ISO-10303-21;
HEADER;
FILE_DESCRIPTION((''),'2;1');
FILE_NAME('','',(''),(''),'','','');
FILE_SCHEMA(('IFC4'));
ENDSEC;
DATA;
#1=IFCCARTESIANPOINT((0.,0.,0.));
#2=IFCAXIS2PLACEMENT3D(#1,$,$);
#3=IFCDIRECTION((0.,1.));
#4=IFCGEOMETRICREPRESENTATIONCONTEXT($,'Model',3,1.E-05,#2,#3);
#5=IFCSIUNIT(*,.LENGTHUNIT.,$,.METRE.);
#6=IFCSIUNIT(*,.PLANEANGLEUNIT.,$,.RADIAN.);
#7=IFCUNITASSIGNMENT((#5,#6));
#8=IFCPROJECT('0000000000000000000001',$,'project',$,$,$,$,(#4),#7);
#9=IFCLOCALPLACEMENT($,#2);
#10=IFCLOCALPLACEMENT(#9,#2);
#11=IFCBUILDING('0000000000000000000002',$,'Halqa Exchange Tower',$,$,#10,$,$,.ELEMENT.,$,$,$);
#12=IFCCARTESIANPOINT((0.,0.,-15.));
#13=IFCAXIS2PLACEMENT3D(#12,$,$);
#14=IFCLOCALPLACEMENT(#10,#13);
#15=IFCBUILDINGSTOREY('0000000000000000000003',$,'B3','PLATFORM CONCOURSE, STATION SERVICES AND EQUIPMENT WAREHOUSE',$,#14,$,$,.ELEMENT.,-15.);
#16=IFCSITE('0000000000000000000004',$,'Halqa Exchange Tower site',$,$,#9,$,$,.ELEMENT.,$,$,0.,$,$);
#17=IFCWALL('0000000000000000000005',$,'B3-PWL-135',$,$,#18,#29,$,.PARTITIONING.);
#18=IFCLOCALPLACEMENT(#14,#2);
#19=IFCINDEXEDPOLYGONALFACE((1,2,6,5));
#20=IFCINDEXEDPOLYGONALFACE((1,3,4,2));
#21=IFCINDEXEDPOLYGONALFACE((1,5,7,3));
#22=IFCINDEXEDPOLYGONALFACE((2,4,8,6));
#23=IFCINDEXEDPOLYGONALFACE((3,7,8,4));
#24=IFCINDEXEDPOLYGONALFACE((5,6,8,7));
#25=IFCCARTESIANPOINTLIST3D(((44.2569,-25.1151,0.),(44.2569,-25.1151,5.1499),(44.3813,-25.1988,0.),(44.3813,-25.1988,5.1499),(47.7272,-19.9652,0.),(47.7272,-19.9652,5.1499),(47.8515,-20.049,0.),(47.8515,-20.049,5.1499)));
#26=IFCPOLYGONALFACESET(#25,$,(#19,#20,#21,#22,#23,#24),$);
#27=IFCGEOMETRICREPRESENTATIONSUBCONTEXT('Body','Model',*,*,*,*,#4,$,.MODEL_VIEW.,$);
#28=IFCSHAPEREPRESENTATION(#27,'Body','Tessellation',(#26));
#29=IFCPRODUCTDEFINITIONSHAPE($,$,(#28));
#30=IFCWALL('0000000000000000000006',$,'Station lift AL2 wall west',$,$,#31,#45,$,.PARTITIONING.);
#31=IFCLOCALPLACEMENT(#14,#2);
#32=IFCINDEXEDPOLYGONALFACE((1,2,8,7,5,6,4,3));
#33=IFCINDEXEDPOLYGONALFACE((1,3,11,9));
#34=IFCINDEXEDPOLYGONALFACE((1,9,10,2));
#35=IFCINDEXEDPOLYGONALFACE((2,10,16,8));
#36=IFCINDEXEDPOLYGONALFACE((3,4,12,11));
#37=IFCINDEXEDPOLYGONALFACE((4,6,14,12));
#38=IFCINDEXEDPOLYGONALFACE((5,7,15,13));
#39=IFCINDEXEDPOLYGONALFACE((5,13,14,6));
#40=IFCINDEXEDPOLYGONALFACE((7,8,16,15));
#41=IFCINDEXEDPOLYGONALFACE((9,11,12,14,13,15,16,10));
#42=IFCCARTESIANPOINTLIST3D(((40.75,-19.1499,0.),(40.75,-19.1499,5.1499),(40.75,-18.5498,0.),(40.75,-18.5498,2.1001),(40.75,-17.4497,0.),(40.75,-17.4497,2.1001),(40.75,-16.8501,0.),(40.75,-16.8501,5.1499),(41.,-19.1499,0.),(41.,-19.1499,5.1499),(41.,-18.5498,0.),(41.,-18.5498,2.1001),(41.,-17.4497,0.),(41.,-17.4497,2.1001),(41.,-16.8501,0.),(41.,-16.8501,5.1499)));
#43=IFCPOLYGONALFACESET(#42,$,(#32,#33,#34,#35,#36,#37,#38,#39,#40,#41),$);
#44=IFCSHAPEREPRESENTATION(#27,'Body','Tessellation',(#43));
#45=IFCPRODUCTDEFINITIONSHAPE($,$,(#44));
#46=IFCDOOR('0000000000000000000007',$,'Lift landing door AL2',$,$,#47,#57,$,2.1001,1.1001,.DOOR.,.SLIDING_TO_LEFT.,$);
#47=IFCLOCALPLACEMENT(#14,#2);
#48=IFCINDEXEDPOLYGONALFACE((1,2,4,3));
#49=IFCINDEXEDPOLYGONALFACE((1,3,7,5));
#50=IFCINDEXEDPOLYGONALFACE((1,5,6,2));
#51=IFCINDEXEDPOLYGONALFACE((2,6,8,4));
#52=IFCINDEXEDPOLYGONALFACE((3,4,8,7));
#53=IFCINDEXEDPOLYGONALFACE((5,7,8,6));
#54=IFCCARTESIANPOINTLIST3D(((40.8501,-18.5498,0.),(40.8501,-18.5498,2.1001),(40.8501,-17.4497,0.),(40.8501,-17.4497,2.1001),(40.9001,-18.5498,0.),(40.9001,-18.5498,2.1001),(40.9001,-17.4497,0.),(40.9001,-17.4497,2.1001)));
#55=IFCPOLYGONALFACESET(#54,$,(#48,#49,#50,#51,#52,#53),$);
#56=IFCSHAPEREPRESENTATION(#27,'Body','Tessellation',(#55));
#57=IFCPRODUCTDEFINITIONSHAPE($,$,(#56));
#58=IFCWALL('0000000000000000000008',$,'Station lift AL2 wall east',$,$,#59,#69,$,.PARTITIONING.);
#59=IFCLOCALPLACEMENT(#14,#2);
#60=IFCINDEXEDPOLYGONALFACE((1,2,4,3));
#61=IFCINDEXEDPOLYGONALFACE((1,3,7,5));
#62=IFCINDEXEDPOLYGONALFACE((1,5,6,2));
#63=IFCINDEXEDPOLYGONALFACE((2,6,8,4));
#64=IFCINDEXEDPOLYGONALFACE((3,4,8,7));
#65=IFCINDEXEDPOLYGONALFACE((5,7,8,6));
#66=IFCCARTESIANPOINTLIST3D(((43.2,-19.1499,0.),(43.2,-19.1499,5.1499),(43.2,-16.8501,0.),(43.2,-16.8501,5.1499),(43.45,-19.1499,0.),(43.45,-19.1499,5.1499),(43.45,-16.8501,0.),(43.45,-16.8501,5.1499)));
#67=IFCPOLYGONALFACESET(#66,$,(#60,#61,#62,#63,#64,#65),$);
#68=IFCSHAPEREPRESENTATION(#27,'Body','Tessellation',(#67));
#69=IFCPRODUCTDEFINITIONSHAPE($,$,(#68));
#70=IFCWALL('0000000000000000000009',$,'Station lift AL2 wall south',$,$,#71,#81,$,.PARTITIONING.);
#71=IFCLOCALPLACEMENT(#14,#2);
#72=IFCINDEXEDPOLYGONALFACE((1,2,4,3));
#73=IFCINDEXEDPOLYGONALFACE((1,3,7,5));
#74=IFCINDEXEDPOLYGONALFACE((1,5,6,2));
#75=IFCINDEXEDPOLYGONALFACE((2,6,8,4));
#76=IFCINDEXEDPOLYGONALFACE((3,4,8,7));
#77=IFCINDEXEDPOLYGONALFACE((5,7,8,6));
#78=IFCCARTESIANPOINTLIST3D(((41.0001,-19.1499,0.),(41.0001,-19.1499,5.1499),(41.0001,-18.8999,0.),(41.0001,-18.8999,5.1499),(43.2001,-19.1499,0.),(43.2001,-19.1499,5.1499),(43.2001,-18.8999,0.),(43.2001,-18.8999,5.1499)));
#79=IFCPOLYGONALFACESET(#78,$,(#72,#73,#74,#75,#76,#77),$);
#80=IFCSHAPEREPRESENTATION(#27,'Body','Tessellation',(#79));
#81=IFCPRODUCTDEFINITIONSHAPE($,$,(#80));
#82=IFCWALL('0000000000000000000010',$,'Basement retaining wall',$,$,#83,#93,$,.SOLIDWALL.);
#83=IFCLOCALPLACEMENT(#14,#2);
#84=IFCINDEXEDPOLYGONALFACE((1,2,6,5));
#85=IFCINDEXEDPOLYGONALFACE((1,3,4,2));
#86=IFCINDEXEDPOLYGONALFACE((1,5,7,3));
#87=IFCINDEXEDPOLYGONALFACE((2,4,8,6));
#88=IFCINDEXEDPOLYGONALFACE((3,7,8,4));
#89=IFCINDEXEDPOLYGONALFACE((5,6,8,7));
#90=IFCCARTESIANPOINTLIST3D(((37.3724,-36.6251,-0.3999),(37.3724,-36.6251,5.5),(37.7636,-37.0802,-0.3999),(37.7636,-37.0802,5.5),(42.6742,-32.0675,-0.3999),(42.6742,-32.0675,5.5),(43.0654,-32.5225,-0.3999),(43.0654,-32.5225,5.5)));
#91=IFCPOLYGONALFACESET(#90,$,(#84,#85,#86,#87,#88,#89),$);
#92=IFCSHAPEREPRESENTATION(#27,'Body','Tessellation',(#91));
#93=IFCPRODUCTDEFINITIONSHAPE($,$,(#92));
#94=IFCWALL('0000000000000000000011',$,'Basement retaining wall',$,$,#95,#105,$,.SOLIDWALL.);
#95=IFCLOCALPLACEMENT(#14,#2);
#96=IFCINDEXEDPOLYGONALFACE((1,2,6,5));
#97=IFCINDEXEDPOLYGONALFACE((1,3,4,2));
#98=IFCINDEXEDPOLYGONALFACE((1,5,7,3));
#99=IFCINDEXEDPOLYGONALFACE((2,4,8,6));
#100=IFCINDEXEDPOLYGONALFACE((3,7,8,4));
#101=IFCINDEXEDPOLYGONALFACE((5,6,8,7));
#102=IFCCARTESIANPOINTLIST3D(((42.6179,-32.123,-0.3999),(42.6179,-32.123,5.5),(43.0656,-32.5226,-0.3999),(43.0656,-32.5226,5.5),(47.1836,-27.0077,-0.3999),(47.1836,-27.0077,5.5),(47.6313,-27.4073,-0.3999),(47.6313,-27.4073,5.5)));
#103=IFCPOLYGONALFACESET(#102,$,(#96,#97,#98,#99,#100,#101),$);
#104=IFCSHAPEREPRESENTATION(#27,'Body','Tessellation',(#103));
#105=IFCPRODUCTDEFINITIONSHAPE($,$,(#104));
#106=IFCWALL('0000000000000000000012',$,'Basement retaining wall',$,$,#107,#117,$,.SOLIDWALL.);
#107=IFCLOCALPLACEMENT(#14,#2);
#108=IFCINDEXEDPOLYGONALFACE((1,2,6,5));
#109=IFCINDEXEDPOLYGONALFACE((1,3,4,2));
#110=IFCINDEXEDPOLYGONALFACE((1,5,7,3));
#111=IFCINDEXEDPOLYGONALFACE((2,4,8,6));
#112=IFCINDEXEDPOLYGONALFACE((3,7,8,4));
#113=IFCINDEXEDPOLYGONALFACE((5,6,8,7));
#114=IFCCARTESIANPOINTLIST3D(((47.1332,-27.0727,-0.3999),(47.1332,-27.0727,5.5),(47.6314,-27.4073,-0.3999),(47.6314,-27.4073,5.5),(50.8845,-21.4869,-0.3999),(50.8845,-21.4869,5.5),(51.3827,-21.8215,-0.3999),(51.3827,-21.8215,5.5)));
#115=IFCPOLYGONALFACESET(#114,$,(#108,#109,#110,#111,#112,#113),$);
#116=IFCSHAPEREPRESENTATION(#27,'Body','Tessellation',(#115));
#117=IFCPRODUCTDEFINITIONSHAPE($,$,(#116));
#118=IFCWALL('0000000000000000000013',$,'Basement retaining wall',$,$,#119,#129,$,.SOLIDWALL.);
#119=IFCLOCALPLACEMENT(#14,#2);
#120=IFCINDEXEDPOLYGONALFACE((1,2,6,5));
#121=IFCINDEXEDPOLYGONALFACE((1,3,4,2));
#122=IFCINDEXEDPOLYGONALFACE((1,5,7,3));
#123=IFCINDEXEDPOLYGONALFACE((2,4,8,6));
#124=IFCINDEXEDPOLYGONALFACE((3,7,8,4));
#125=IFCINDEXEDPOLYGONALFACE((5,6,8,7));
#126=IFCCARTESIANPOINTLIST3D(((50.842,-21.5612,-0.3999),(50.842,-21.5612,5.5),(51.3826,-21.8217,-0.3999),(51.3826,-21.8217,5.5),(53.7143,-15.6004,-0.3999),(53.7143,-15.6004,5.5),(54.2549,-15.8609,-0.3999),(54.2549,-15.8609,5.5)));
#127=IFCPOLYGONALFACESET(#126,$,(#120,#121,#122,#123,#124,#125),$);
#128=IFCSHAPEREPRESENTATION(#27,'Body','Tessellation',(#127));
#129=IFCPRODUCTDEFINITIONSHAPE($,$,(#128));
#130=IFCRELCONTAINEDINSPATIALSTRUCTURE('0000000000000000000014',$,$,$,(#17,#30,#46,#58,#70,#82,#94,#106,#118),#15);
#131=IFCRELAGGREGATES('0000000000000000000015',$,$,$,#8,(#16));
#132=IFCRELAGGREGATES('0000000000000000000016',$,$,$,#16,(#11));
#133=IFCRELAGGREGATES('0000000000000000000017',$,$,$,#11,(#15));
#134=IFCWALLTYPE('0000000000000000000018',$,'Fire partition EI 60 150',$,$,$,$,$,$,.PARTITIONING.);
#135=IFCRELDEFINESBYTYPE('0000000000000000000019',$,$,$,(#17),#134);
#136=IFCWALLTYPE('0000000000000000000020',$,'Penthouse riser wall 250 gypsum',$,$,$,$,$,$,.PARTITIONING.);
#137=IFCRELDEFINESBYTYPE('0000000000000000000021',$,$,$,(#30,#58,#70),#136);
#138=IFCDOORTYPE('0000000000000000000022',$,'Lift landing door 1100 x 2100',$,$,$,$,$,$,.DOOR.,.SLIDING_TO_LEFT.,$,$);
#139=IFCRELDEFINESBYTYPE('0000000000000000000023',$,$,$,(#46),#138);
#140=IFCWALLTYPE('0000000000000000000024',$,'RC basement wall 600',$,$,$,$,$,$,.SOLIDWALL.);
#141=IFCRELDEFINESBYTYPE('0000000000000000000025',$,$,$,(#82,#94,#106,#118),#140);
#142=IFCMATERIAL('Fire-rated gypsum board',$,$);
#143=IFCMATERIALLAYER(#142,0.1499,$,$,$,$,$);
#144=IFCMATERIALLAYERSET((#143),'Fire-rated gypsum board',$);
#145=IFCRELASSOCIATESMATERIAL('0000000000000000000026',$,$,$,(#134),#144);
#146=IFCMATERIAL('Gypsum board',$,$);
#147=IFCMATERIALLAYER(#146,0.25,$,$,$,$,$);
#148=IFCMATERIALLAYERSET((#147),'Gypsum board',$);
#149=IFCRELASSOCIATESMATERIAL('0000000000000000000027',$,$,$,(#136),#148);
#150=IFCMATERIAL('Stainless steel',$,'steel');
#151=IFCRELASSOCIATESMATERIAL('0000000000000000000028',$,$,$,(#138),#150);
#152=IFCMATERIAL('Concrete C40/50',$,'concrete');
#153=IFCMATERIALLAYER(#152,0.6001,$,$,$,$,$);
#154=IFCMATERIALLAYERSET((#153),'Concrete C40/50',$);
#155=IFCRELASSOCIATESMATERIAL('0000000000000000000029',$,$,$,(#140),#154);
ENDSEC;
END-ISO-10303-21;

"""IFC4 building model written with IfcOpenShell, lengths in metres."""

from ifc_helpers import new_model, si_unit, direction, frame, frame_2d, origin, place, context, subcontext, project, spatial, rectangle, extrude, material, layer, layer_set, type_object, element, fill, save


model = new_model("IFC4")

# Units and contexts
model_context = context("Model", 3, precision=1e-05, world=origin(), true_north=direction((0.0, 1.0)))
body_context = subcontext(model_context, "Body", "Model", "MODEL_VIEW")
ifc_project = project(units=[si_unit("LENGTHUNIT", "METRE"), si_unit("PLANEANGLEUNIT", "RADIAN")], contexts=[model_context])

# Site, building, storey
site_placement = place(None, origin())
site = spatial("IfcSite", under=ifc_project, at=site_placement, Name="Halqa Exchange Tower site", CompositionType="ELEMENT", RefElevation=0.0)
building_placement = place(site_placement, origin())
building = spatial("IfcBuilding", under=site, at=building_placement, Name="Halqa Exchange Tower", CompositionType="ELEMENT")
storey_placement = place(building_placement, frame((0.0, 0.0, -15.0)))
storey = spatial("IfcBuildingStorey", under=building, at=storey_placement, Name="B3", Description="PLATFORM CONCOURSE, STATION SERVICES AND EQUIPMENT WAREHOUSE", CompositionType="ELEMENT", Elevation=-15.0)

# Shared definitions
ifc_material_1 = material(Name="Concrete C40/50", Category="concrete")

# Wall
ifc_material_2 = material(Name="Fire-rated gypsum board")
ifc_layer_1 = layer(ifc_material_2, 0.1499)
ifc_layer_set_1 = layer_set([ifc_layer_1], Name="Fire-rated gypsum board")
wall_type_1 = type_object("IfcWallType", Name="Fire partition EI 60 150", PredefinedType="PARTITIONING", material=ifc_layer_set_1)
wall_1_placement = place(storey_placement, frame((47.7893, -20.0071, 0.0), z_axis=(0.0, 0.0, 1.0), x_axis=(-0.558812, -0.829294, 0.0)))
element("IfcWall", 1, at=wall_1_placement, inside=storey, type_object=wall_type_1, Name="B3-PWL-135", PredefinedType="PARTITIONING", context=body_context, shape_type="SweptSolid", body=[
    extrude(rectangle(XDim=6.21, YDim=0.1499, at=frame_2d((3.105, 0.0))), origin(), (0.0, 0.0, 1.0), 5.1499),
])

# Wall, opening, door
ifc_material_3 = material(Name="Gypsum board")
ifc_layer_2 = layer(ifc_material_3, 0.25)
ifc_layer_set_2 = layer_set([ifc_layer_2], Name="Gypsum board")
wall_type_2 = type_object("IfcWallType", Name="Penthouse riser wall 250 gypsum", PredefinedType="PARTITIONING", material=ifc_layer_set_2)
wall_2_placement = place(storey_placement, frame((40.875, -19.1499, 0.0), z_axis=(0.0, 0.0, 1.0), x_axis=(0.0, 1.0, 0.0)))
wall_2 = element("IfcWall", 2, at=wall_2_placement, inside=storey, type_object=wall_type_2, Name="Station lift AL2 wall west", PredefinedType="PARTITIONING", context=body_context, shape_type="SweptSolid", body=[
    extrude(rectangle(XDim=2.2998, YDim=0.25, at=frame_2d((1.1499, 0.0))), origin(), (0.0, 0.0, 1.0), 5.1499),
])
opening_placement = place(wall_2_placement, frame((0.6001, 0.0, 0.0)))
opening = element("IfcOpeningElement", 3, at=opening_placement, cuts=wall_2, PredefinedType="OPENING", context=body_context, shape_type="SweptSolid", body=[
    extrude(rectangle(XDim=1.1001, YDim=2.1001, at=frame_2d((0.55, 1.05))), frame((0.0, 0.137, 0.0), z_axis=(0.0, -1.0, 0.0), x_axis=(1.0, 0.0, 0.0)), (0.0, 0.0, 1.0), 0.2739),
])
ifc_material_4 = material(Name="Stainless steel", Category="steel")
door_type = type_object("IfcDoorType", Name="Lift landing door 1100 x 2100", OperationType="SLIDING_TO_LEFT", PredefinedType="DOOR", material=ifc_material_4)
door_placement = place(opening_placement, origin())
door = element("IfcDoor", 4, at=door_placement, inside=storey, type_object=door_type, Name="Lift landing door AL2", OperationType="SLIDING_TO_LEFT", OverallHeight=2.1001, OverallWidth=1.1001, PredefinedType="DOOR", context=body_context, shape_type="SweptSolid", body=[
    extrude(rectangle(XDim=1.1001, YDim=2.1001, at=frame_2d((0.55, 1.05))), frame((0.0, 0.0249, 0.0), z_axis=(0.0, -1.0, 0.0), x_axis=(1.0, 0.0, 0.0)), (0.0, 0.0, 1.0), 0.05),
])
fill(opening, door)

# Walls
wall_3_placement = place(storey_placement, frame((43.325, -19.1499, 0.0), z_axis=(0.0, 0.0, 1.0), x_axis=(0.0, 1.0, 0.0)))
element("IfcWall", 5, at=wall_3_placement, inside=storey, type_object=wall_type_2, Name="Station lift AL2 wall east", PredefinedType="PARTITIONING", context=body_context, shape_type="SweptSolid", body=[
    extrude(rectangle(XDim=2.2998, YDim=0.25, at=frame_2d((1.1499, 0.0))), origin(), (0.0, 0.0, 1.0), 5.1499),
])
wall_4_placement = place(storey_placement, frame((41.0, -19.0249, 0.0), z_axis=(0.0, 0.0, 1.0), x_axis=(1.0, 0.0, 0.0)))
element("IfcWall", 6, at=wall_4_placement, inside=storey, type_object=wall_type_2, Name="Station lift AL2 wall south", PredefinedType="PARTITIONING", context=body_context, shape_type="SweptSolid", body=[
    extrude(rectangle(XDim=2.2, YDim=0.25, at=frame_2d((1.1001, 0.0))), origin(), (0.0, 0.0, 1.0), 5.1499),
])
ifc_layer_3 = layer(ifc_material_1, 0.6001)
ifc_layer_set_3 = layer_set([ifc_layer_3], Name="Concrete C40/50")
wall_type_3 = type_object("IfcWallType", Name="RC basement wall 600", PredefinedType="SOLIDWALL", material=ifc_layer_set_3)
wall_5_placement = place(storey_placement, frame((37.5681, -36.8525, -0.3999), z_axis=(0.0, 0.0, 1.0), x_axis=(0.758319, 0.651883, 0.0)))
element("IfcWall", 7, at=wall_5_placement, inside=storey, type_object=wall_type_3, Name="Basement retaining wall", PredefinedType="SOLIDWALL", context=body_context, shape_type="SweptSolid", body=[
    extrude(rectangle(XDim=6.9915, YDim=0.6001, at=frame_2d((3.4956, 0.0))), origin(), (0.0, 0.0, 1.0), 5.8999),
])
wall_6_placement = place(storey_placement, frame((42.8418, -32.3228, -0.3999), z_axis=(0.0, 0.0, 1.0), x_axis=(0.665894, 0.746046, 0.0)))
element("IfcWall", 8, at=wall_6_placement, inside=storey, type_object=wall_type_3, Name="Basement retaining wall", PredefinedType="SOLIDWALL", context=body_context, shape_type="SweptSolid", body=[
    extrude(rectangle(XDim=6.8564, YDim=0.6001, at=frame_2d((3.4282, 0.0))), origin(), (0.0, 0.0, 1.0), 5.8999),
])
wall_7_placement = place(storey_placement, frame((47.3823, -27.24, -0.3999), z_axis=(0.0, 0.0, 1.0), x_axis=(0.557519, 0.830164, 0.0)))
element("IfcWall", 9, at=wall_7_placement, inside=storey, type_object=wall_type_3, Name="Basement retaining wall", PredefinedType="SOLIDWALL", context=body_context, shape_type="SweptSolid", body=[
    extrude(rectangle(XDim=6.7285, YDim=0.6001, at=frame_2d((3.3643, 0.0))), origin(), (0.0, 0.0, 1.0), 5.8999),
])
wall_8_placement = place(storey_placement, frame((51.1123, -21.6914, -0.3999), z_axis=(0.0, 0.0, 1.0), x_axis=(0.434104, 0.900863, 0.0)))
element("IfcWall", 10, at=wall_8_placement, inside=storey, type_object=wall_type_3, Name="Basement retaining wall", PredefinedType="SOLIDWALL", context=body_context, shape_type="SweptSolid", body=[
    extrude(rectangle(XDim=6.6167, YDim=0.6001, at=frame_2d((3.3083, 0.0))), origin(), (0.0, 0.0, 1.0), 5.8999),
])

save(model, "model.ifc")
